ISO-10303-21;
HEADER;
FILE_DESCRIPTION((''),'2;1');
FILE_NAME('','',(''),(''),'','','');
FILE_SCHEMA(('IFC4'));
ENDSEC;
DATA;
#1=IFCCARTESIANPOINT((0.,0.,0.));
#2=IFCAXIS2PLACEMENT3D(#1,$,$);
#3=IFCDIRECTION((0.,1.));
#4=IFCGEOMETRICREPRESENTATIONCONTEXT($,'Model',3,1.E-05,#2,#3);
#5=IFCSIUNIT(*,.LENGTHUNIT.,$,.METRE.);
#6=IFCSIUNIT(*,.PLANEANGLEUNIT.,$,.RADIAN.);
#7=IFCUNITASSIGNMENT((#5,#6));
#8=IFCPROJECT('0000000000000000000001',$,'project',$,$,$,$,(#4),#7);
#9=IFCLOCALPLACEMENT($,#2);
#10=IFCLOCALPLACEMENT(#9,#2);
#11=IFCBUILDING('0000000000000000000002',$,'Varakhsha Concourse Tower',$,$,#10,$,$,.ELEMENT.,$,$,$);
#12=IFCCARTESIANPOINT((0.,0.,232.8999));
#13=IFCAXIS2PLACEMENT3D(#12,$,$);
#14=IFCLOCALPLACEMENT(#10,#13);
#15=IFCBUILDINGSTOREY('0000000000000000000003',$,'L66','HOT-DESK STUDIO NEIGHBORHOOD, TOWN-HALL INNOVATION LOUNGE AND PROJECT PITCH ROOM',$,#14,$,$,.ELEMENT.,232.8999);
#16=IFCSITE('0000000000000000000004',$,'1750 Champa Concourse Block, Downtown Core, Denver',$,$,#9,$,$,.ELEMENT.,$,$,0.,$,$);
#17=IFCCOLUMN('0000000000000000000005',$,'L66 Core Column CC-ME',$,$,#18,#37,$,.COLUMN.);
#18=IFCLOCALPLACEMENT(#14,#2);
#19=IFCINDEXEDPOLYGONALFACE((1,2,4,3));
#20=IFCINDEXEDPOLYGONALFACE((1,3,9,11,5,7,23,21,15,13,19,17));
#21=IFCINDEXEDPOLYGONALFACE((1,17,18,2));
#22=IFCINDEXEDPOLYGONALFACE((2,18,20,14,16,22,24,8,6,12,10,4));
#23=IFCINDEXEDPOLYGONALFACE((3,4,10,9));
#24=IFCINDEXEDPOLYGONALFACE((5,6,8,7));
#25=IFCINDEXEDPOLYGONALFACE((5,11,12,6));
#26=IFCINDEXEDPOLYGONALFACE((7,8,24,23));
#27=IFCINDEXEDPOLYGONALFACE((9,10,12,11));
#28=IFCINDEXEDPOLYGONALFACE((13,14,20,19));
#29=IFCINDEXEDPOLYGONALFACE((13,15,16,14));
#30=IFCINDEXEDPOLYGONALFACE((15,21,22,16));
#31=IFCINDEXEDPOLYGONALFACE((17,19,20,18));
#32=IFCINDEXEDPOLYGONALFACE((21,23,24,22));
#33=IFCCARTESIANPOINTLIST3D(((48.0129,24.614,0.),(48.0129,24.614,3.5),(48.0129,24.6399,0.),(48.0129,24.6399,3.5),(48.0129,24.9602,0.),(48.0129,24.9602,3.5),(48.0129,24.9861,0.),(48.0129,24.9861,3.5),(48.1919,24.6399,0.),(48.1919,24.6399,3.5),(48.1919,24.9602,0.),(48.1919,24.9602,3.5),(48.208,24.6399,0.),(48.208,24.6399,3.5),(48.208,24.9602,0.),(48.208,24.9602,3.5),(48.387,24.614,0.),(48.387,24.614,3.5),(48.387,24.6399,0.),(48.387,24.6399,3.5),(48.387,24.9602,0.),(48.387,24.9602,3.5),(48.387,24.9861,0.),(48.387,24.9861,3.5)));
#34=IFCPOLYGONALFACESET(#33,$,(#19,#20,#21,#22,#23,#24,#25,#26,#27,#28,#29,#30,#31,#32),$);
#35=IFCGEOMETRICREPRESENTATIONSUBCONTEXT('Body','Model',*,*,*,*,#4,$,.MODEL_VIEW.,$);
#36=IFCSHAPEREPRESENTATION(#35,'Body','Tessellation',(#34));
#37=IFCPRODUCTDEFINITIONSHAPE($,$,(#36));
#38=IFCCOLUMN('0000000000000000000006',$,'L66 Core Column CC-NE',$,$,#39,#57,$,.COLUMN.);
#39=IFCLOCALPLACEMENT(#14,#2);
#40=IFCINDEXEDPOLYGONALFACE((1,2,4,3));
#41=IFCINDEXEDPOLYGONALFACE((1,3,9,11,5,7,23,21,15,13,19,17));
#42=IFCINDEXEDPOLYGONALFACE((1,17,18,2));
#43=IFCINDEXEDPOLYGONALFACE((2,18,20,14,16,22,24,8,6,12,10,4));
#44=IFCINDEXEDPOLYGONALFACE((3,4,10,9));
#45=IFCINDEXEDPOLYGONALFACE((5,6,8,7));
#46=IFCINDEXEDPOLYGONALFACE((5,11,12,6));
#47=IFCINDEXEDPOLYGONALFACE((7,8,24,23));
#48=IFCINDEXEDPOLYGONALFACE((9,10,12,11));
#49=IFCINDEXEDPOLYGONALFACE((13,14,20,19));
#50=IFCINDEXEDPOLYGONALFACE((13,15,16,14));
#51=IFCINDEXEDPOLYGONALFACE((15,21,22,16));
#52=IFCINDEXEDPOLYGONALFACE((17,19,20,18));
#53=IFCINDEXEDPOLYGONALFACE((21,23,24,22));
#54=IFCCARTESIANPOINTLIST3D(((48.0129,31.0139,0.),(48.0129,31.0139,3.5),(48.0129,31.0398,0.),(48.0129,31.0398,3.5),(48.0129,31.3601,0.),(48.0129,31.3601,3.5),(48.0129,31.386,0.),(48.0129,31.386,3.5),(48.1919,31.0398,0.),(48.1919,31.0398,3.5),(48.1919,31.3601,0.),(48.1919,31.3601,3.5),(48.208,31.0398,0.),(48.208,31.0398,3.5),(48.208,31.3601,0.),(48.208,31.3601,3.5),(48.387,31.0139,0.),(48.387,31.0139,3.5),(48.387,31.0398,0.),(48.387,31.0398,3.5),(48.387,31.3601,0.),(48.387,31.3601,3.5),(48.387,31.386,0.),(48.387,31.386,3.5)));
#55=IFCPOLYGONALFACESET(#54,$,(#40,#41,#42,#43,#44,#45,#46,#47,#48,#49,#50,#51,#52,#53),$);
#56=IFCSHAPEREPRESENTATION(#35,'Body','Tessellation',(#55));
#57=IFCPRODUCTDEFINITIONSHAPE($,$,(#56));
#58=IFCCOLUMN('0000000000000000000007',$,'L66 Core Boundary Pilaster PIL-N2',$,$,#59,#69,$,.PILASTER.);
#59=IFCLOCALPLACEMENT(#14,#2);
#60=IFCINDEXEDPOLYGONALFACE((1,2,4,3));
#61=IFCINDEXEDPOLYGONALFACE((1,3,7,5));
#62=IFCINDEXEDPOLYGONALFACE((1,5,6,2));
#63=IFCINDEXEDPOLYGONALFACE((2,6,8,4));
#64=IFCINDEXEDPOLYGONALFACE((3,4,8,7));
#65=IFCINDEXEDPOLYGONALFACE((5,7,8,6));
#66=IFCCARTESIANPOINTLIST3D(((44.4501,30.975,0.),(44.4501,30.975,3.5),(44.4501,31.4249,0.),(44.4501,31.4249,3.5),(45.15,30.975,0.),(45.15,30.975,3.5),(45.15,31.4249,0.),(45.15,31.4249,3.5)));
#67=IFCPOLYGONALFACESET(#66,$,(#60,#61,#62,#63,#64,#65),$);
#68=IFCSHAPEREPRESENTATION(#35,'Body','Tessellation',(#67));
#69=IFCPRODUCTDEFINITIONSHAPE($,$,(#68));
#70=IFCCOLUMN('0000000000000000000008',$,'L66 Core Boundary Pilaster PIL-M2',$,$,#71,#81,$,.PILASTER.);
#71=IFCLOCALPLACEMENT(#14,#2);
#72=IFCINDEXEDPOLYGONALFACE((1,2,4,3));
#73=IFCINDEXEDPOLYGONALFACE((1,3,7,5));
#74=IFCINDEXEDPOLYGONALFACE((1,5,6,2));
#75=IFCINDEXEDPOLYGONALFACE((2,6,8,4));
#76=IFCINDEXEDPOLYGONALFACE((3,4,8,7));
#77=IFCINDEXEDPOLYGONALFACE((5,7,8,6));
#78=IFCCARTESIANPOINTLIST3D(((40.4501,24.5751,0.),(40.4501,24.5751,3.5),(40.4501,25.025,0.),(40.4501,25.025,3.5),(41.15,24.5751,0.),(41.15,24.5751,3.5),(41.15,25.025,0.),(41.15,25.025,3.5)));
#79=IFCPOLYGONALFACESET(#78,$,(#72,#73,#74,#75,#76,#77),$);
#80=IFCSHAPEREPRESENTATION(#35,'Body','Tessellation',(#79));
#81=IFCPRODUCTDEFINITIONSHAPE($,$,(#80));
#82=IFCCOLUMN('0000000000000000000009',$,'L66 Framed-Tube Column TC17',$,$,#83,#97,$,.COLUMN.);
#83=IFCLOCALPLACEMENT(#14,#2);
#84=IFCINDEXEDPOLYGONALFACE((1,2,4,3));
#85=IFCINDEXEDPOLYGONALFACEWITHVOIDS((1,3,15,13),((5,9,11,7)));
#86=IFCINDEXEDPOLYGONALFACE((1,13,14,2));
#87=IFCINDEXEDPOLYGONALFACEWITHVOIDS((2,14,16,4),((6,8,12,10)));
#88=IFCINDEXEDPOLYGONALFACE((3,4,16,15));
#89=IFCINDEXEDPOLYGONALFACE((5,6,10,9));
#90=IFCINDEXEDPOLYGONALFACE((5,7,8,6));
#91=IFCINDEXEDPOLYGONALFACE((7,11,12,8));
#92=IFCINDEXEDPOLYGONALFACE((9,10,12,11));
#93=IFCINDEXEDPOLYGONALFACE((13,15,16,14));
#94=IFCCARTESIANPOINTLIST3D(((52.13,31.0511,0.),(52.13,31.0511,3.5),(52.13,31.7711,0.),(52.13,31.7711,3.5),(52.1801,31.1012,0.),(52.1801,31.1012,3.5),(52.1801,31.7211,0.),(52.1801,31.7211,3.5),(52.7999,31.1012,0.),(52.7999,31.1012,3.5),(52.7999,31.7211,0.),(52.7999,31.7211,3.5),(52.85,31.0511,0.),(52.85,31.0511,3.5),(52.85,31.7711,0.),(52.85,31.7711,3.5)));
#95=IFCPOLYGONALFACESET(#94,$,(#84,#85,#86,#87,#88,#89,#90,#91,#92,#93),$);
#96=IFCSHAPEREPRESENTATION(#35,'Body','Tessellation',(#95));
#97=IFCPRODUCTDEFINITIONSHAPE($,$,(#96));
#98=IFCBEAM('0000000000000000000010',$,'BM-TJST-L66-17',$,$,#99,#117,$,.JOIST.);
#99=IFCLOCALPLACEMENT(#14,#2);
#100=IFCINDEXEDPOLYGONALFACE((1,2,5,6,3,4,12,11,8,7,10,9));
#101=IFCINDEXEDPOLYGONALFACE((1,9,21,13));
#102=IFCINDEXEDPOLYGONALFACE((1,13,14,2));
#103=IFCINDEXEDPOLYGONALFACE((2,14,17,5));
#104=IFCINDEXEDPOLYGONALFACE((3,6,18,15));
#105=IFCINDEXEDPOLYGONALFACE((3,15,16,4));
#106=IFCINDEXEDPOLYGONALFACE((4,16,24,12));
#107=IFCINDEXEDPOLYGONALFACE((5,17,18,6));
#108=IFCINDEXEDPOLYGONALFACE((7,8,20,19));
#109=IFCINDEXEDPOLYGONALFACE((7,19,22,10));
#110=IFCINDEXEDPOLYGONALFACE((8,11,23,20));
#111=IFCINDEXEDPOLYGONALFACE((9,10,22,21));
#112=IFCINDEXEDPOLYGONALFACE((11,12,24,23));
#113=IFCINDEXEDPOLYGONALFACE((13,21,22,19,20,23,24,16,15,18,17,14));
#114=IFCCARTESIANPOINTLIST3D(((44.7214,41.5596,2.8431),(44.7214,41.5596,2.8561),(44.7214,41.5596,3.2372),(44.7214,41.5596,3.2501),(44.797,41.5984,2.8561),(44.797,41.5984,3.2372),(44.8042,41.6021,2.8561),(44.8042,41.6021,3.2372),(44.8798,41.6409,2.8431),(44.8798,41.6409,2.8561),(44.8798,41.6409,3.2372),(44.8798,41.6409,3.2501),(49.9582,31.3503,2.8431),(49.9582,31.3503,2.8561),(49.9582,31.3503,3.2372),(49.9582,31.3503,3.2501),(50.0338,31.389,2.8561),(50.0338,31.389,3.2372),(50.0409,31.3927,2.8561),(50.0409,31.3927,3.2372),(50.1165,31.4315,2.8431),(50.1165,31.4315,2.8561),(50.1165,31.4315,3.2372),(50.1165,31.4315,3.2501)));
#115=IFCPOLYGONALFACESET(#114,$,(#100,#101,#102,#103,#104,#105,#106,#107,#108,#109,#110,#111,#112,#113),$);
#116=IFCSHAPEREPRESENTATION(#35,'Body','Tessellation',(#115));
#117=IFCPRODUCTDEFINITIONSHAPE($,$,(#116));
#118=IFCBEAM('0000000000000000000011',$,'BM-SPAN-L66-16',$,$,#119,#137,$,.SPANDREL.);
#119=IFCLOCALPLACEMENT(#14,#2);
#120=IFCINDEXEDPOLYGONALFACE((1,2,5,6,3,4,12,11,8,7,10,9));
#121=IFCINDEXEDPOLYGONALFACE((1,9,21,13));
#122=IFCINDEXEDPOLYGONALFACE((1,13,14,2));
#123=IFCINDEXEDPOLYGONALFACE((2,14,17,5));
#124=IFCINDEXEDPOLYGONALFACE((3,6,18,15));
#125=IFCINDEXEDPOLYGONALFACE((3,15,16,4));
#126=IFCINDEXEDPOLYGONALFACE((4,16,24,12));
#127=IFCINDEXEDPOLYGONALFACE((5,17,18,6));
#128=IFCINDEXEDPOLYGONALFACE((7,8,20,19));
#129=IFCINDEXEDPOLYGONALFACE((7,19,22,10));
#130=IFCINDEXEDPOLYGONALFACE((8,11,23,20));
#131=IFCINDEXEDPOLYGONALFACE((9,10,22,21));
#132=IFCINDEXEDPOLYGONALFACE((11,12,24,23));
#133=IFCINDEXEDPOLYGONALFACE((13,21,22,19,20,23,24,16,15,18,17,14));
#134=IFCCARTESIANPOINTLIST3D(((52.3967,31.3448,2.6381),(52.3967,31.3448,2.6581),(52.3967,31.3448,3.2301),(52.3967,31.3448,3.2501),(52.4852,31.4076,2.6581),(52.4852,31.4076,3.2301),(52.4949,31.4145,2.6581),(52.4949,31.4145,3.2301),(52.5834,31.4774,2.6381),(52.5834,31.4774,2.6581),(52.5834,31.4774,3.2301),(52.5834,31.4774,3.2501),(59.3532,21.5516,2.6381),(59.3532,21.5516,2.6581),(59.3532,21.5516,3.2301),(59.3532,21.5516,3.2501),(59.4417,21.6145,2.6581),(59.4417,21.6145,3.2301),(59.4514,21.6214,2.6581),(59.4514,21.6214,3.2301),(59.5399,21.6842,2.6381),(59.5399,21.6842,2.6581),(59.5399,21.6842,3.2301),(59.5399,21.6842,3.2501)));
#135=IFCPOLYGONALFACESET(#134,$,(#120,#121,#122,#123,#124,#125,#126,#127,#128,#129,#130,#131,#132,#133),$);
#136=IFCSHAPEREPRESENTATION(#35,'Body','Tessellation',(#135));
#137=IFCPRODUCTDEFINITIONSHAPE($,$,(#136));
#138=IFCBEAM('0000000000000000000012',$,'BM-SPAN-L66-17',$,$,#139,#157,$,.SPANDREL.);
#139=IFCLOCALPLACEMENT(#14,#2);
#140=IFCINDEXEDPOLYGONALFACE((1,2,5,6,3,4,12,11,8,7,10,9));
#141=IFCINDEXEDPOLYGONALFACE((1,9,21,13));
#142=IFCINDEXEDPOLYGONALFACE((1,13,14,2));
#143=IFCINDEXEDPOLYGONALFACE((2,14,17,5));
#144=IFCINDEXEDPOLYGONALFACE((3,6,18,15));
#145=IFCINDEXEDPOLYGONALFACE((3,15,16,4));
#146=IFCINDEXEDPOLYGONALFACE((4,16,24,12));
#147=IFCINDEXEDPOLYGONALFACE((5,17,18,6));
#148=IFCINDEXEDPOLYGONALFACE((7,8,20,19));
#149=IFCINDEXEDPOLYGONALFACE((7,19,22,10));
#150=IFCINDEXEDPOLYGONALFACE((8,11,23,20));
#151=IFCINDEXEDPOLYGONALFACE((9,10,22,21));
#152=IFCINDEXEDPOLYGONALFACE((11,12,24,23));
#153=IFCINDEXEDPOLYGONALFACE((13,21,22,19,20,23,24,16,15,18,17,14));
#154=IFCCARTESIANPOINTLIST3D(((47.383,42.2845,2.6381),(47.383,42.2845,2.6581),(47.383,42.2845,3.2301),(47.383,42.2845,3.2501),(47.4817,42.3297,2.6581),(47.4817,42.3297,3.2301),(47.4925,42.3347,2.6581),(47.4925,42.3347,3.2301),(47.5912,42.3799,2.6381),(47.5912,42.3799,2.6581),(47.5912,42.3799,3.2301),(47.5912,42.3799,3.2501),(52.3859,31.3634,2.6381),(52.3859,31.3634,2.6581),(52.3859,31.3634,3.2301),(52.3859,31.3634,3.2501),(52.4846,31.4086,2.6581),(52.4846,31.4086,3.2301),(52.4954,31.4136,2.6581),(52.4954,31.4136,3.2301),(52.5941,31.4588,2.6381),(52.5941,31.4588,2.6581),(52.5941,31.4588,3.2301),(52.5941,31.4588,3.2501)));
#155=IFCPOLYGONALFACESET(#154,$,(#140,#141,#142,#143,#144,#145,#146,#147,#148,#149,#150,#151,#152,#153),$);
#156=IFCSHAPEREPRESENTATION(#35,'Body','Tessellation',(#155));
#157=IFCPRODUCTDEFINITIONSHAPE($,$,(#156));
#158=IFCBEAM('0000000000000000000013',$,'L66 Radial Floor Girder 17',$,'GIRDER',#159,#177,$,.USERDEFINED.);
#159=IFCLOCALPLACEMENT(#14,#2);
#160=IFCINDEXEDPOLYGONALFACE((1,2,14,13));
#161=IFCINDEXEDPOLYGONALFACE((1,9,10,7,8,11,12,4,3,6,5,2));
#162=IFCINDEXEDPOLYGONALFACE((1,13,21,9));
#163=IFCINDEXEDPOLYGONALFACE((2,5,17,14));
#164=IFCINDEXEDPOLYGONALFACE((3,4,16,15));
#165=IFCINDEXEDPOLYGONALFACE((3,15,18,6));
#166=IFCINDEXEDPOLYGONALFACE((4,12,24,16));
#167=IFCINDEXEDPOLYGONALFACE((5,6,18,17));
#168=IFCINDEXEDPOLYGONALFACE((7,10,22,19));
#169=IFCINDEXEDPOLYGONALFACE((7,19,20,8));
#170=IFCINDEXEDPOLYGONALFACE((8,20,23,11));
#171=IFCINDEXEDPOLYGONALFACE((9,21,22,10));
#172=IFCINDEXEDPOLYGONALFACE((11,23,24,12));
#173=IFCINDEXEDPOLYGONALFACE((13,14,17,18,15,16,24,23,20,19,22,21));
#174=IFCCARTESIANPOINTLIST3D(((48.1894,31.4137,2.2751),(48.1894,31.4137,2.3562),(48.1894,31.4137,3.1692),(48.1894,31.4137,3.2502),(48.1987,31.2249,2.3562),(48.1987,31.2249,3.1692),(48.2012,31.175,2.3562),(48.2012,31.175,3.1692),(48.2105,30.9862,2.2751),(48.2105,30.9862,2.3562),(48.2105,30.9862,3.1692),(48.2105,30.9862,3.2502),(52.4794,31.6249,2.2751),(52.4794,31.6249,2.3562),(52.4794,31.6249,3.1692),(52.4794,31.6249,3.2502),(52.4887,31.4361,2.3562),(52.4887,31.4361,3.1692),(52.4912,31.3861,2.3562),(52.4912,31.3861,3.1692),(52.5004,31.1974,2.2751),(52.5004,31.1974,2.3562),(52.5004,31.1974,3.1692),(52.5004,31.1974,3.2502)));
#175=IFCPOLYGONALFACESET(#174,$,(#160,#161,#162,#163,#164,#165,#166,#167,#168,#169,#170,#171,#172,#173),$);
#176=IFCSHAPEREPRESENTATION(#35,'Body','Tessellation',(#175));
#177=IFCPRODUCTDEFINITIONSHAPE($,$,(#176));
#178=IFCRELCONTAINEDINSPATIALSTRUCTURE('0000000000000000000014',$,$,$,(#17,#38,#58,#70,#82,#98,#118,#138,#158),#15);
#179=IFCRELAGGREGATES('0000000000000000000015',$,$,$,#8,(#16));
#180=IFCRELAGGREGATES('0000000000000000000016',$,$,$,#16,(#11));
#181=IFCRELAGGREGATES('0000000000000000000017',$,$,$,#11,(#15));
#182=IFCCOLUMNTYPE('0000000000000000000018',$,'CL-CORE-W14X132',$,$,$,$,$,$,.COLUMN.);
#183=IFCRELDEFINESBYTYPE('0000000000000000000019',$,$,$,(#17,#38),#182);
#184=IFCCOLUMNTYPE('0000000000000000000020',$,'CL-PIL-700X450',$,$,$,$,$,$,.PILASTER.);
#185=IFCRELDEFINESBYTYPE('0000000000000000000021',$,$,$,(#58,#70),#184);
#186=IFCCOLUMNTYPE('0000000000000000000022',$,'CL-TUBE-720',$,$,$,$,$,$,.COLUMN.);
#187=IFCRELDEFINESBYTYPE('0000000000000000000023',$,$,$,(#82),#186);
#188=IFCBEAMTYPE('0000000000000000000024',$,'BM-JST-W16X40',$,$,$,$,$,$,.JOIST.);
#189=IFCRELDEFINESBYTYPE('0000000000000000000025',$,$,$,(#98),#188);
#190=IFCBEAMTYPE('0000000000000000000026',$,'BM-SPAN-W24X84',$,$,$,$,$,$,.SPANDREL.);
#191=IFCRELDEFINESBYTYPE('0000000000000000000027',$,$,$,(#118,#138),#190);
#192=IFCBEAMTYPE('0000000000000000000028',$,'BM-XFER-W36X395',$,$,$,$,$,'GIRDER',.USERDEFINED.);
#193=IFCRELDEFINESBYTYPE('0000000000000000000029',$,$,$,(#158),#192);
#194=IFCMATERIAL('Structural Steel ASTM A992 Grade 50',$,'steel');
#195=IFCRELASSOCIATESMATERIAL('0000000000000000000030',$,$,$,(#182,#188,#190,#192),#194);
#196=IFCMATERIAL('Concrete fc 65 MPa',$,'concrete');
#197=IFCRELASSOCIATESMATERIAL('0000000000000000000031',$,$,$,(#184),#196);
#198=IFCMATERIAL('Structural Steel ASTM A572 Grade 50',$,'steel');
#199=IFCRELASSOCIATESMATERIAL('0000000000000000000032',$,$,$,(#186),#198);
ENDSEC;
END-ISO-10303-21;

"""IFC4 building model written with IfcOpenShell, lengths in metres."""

from ifc_helpers import new_model, si_unit, direction, frame, origin, origin_2d, place, context, subcontext, project, spatial, rectangle, hollow_rectangle, i_section, extrude, material, material_profile, profile_set, type_object, element, save


model = new_model("IFC4")

# Units and contexts
model_context = context("Model", 3, precision=1e-05, world=origin(), true_north=direction((0.0, 1.0)))
body_context = subcontext(model_context, "Body", "Model", "MODEL_VIEW")
ifc_project = project(units=[si_unit("LENGTHUNIT", "METRE"), si_unit("PLANEANGLEUNIT", "RADIAN")], contexts=[model_context])

# Site, building, storey
site_placement = place(None, origin())
site = spatial("IfcSite", under=ifc_project, at=site_placement, Name="1750 Champa Concourse Block, Downtown Core, Denver", CompositionType="ELEMENT", RefElevation=0.0)
building_placement = place(site_placement, origin())
building = spatial("IfcBuilding", under=site, at=building_placement, Name="Varakhsha Concourse Tower", CompositionType="ELEMENT")
storey_placement = place(building_placement, frame((0.0, 0.0, 232.8999)))
storey = spatial("IfcBuildingStorey", under=building, at=storey_placement, Name="L66", Description="HOT-DESK STUDIO NEIGHBORHOOD, TOWN-HALL INNOVATION LOUNGE AND PROJECT PITCH ROOM", CompositionType="ELEMENT", Elevation=232.8999)

# Columns
ifc_material_1 = material(Name="Structural Steel ASTM A992 Grade 50", Category="steel")
ifc_material_profile_1 = material_profile(ifc_material_1, i_section(OverallWidth=0.374, OverallDepth=0.3721, WebThickness=0.0161, FlangeThickness=0.0259, at=origin_2d()), Name="W14X132")
ifc_profile_set_1 = profile_set([ifc_material_profile_1], Name="Structural Steel ASTM A992 Grade 50")
column_type_1 = type_object("IfcColumnType", Name="CL-CORE-W14X132", PredefinedType="COLUMN", material=ifc_profile_set_1)
for number, where, z_axis, x_axis, name in (
    (1, (48.2, 24.8, 0.0), (0.0, 0.0, 1.0), (1.0, 0.0, 0.0), "L66 Core Column CC-ME"),
    (2, (48.2, 31.2, 0.0), (0.0, 0.0, 1.0), (1.0, 0.0, 0.0), "L66 Core Column CC-NE"),
):
    element("IfcColumn", number, at=place(storey_placement, frame(where, z_axis=z_axis, x_axis=x_axis)), inside=storey, type_object=column_type_1, Name=name, PredefinedType="COLUMN", context=body_context, shape_type="SweptSolid", body=[
        extrude(i_section(OverallWidth=0.374, OverallDepth=0.3721, WebThickness=0.0161, FlangeThickness=0.0259, at=origin_2d()), origin(), (0.0, 0.0, 1.0), 3.5),
    ])
ifc_material_2 = material(Name="Concrete fc 65 MPa", Category="concrete")
ifc_material_profile_2 = material_profile(ifc_material_2, rectangle(XDim=0.7, YDim=0.45, at=origin_2d()), Name="RC 700x450")
ifc_profile_set_2 = profile_set([ifc_material_profile_2], Name="Concrete fc 65 MPa")
column_type_2 = type_object("IfcColumnType", Name="CL-PIL-700X450", PredefinedType="PILASTER", material=ifc_profile_set_2)
for number, where, z_axis, x_axis, name in (
    (3, (44.8, 31.2, 0.0), (0.0, 0.0, 1.0), (1.0, 0.0, 0.0), "L66 Core Boundary Pilaster PIL-N2"),
    (4, (40.8, 24.8, 0.0), (0.0, 0.0, 1.0), (1.0, 0.0, 0.0), "L66 Core Boundary Pilaster PIL-M2"),
):
    element("IfcColumn", number, at=place(storey_placement, frame(where, z_axis=z_axis, x_axis=x_axis)), inside=storey, type_object=column_type_2, Name=name, PredefinedType="PILASTER", context=body_context, shape_type="SweptSolid", body=[
        extrude(rectangle(XDim=0.7, YDim=0.45, at=origin_2d()), origin(), (0.0, 0.0, 1.0), 3.5),
    ])
ifc_material_3 = material(Name="Structural Steel ASTM A572 Grade 50", Category="steel")
ifc_material_profile_3 = material_profile(ifc_material_3, hollow_rectangle(XDim=0.72, YDim=0.72, WallThickness=0.05, at=origin_2d()), Name="BOX 720x720x50")
ifc_profile_set_3 = profile_set([ifc_material_profile_3], Name="Structural Steel ASTM A572 Grade 50")
column_type_3 = type_object("IfcColumnType", Name="CL-TUBE-720", PredefinedType="COLUMN", material=ifc_profile_set_3)
column_placement = place(storey_placement, frame((52.49, 31.4111, 0.0), z_axis=(0.0, 0.0, 1.0), x_axis=(1.0, 0.0, 0.0)))
element("IfcColumn", 5, at=column_placement, inside=storey, type_object=column_type_3, Name="L66 Framed-Tube Column TC17", PredefinedType="COLUMN", context=body_context, shape_type="SweptSolid", body=[
    extrude(hollow_rectangle(XDim=0.72, YDim=0.72, WallThickness=0.05, at=origin_2d()), origin(), (0.0, 0.0, 1.0), 3.5),
])

# Beams
ifc_material_profile_4 = material_profile(ifc_material_1, i_section(OverallWidth=0.178, OverallDepth=0.407, WebThickness=0.0081, FlangeThickness=0.0129, at=origin_2d()), Name="W16X40")
ifc_profile_set_4 = profile_set([ifc_material_profile_4], Name="Structural Steel ASTM A992 Grade 50")
beam_type_1 = type_object("IfcBeamType", Name="BM-JST-W16X40", PredefinedType="JOIST", material=ifc_profile_set_4)
beam_1_placement = place(storey_placement, frame((50.0374, 31.3909, 3.0466), z_axis=(-0.456399, 0.889775, 0.0), x_axis=(-0.889775, -0.456399, 0.0)))
element("IfcBeam", 6, at=beam_1_placement, inside=storey, type_object=beam_type_1, Name="BM-TJST-L66-17", PredefinedType="JOIST", context=body_context, shape_type="SweptSolid", body=[
    extrude(i_section(OverallWidth=0.178, OverallDepth=0.407, WebThickness=0.0081, FlangeThickness=0.0129, at=origin_2d()), origin(), (0.0, 0.0, 1.0), 11.4741),
])
ifc_material_profile_5 = material_profile(ifc_material_1, i_section(OverallWidth=0.229, OverallDepth=0.6121, WebThickness=0.012, FlangeThickness=0.02, at=origin_2d()), Name="W24X84")
ifc_profile_set_5 = profile_set([ifc_material_profile_5], Name="Structural Steel ASTM A992 Grade 50")
beam_type_2 = type_object("IfcBeamType", Name="BM-SPAN-W24X84", PredefinedType="SPANDREL", material=ifc_profile_set_5)
for number, where, z_axis, x_axis, name in (
    (7, (59.4465, 21.6179, 2.9441), (-0.579108, 0.815251, 0.0), (-0.815251, -0.579108, 0.0), "BM-SPAN-L66-16"),
    (8, (52.49, 31.4111, 2.9441), (-0.416476, 0.909147, 0.0), (-0.909147, -0.416476, 0.0), "BM-SPAN-L66-17"),
):
    element("IfcBeam", number, at=place(storey_placement, frame(where, z_axis=z_axis, x_axis=x_axis)), inside=storey, type_object=beam_type_2, Name=name, PredefinedType="SPANDREL", context=body_context, shape_type="SweptSolid", body=[
        extrude(i_section(OverallWidth=0.229, OverallDepth=0.6121, WebThickness=0.012, FlangeThickness=0.02, at=origin_2d()), origin(), (0.0, 0.0, 1.0), 12.0125),
    ])
ifc_material_profile_6 = material_profile(ifc_material_1, i_section(OverallWidth=0.428, OverallDepth=0.9751, WebThickness=0.05, FlangeThickness=0.0811, at=origin_2d()), Name="W36X395")
ifc_profile_set_6 = profile_set([ifc_material_profile_6], Name="Structural Steel ASTM A992 Grade 50")
beam_type_3 = type_object("IfcBeamType", Name="BM-XFER-W36X395", ElementType="GIRDER", PredefinedType="USERDEFINED", material=ifc_profile_set_6)
beam_2_placement = place(storey_placement, frame((48.2, 31.2, 2.7627), z_axis=(0.998791, 0.049167, 0.0), x_axis=(-0.049167, 0.998791, 0.0)))
element("IfcBeam", 9, at=beam_2_placement, inside=storey, type_object=beam_type_3, Name="L66 Radial Floor Girder 17", ObjectType="GIRDER", PredefinedType="USERDEFINED", context=body_context, shape_type="SweptSolid", body=[
    extrude(i_section(OverallWidth=0.428, OverallDepth=0.9751, WebThickness=0.05, FlangeThickness=0.0811, at=origin_2d()), origin(), (0.0, 0.0, 1.0), 4.2952),
])

save(model, "model.ifc")
